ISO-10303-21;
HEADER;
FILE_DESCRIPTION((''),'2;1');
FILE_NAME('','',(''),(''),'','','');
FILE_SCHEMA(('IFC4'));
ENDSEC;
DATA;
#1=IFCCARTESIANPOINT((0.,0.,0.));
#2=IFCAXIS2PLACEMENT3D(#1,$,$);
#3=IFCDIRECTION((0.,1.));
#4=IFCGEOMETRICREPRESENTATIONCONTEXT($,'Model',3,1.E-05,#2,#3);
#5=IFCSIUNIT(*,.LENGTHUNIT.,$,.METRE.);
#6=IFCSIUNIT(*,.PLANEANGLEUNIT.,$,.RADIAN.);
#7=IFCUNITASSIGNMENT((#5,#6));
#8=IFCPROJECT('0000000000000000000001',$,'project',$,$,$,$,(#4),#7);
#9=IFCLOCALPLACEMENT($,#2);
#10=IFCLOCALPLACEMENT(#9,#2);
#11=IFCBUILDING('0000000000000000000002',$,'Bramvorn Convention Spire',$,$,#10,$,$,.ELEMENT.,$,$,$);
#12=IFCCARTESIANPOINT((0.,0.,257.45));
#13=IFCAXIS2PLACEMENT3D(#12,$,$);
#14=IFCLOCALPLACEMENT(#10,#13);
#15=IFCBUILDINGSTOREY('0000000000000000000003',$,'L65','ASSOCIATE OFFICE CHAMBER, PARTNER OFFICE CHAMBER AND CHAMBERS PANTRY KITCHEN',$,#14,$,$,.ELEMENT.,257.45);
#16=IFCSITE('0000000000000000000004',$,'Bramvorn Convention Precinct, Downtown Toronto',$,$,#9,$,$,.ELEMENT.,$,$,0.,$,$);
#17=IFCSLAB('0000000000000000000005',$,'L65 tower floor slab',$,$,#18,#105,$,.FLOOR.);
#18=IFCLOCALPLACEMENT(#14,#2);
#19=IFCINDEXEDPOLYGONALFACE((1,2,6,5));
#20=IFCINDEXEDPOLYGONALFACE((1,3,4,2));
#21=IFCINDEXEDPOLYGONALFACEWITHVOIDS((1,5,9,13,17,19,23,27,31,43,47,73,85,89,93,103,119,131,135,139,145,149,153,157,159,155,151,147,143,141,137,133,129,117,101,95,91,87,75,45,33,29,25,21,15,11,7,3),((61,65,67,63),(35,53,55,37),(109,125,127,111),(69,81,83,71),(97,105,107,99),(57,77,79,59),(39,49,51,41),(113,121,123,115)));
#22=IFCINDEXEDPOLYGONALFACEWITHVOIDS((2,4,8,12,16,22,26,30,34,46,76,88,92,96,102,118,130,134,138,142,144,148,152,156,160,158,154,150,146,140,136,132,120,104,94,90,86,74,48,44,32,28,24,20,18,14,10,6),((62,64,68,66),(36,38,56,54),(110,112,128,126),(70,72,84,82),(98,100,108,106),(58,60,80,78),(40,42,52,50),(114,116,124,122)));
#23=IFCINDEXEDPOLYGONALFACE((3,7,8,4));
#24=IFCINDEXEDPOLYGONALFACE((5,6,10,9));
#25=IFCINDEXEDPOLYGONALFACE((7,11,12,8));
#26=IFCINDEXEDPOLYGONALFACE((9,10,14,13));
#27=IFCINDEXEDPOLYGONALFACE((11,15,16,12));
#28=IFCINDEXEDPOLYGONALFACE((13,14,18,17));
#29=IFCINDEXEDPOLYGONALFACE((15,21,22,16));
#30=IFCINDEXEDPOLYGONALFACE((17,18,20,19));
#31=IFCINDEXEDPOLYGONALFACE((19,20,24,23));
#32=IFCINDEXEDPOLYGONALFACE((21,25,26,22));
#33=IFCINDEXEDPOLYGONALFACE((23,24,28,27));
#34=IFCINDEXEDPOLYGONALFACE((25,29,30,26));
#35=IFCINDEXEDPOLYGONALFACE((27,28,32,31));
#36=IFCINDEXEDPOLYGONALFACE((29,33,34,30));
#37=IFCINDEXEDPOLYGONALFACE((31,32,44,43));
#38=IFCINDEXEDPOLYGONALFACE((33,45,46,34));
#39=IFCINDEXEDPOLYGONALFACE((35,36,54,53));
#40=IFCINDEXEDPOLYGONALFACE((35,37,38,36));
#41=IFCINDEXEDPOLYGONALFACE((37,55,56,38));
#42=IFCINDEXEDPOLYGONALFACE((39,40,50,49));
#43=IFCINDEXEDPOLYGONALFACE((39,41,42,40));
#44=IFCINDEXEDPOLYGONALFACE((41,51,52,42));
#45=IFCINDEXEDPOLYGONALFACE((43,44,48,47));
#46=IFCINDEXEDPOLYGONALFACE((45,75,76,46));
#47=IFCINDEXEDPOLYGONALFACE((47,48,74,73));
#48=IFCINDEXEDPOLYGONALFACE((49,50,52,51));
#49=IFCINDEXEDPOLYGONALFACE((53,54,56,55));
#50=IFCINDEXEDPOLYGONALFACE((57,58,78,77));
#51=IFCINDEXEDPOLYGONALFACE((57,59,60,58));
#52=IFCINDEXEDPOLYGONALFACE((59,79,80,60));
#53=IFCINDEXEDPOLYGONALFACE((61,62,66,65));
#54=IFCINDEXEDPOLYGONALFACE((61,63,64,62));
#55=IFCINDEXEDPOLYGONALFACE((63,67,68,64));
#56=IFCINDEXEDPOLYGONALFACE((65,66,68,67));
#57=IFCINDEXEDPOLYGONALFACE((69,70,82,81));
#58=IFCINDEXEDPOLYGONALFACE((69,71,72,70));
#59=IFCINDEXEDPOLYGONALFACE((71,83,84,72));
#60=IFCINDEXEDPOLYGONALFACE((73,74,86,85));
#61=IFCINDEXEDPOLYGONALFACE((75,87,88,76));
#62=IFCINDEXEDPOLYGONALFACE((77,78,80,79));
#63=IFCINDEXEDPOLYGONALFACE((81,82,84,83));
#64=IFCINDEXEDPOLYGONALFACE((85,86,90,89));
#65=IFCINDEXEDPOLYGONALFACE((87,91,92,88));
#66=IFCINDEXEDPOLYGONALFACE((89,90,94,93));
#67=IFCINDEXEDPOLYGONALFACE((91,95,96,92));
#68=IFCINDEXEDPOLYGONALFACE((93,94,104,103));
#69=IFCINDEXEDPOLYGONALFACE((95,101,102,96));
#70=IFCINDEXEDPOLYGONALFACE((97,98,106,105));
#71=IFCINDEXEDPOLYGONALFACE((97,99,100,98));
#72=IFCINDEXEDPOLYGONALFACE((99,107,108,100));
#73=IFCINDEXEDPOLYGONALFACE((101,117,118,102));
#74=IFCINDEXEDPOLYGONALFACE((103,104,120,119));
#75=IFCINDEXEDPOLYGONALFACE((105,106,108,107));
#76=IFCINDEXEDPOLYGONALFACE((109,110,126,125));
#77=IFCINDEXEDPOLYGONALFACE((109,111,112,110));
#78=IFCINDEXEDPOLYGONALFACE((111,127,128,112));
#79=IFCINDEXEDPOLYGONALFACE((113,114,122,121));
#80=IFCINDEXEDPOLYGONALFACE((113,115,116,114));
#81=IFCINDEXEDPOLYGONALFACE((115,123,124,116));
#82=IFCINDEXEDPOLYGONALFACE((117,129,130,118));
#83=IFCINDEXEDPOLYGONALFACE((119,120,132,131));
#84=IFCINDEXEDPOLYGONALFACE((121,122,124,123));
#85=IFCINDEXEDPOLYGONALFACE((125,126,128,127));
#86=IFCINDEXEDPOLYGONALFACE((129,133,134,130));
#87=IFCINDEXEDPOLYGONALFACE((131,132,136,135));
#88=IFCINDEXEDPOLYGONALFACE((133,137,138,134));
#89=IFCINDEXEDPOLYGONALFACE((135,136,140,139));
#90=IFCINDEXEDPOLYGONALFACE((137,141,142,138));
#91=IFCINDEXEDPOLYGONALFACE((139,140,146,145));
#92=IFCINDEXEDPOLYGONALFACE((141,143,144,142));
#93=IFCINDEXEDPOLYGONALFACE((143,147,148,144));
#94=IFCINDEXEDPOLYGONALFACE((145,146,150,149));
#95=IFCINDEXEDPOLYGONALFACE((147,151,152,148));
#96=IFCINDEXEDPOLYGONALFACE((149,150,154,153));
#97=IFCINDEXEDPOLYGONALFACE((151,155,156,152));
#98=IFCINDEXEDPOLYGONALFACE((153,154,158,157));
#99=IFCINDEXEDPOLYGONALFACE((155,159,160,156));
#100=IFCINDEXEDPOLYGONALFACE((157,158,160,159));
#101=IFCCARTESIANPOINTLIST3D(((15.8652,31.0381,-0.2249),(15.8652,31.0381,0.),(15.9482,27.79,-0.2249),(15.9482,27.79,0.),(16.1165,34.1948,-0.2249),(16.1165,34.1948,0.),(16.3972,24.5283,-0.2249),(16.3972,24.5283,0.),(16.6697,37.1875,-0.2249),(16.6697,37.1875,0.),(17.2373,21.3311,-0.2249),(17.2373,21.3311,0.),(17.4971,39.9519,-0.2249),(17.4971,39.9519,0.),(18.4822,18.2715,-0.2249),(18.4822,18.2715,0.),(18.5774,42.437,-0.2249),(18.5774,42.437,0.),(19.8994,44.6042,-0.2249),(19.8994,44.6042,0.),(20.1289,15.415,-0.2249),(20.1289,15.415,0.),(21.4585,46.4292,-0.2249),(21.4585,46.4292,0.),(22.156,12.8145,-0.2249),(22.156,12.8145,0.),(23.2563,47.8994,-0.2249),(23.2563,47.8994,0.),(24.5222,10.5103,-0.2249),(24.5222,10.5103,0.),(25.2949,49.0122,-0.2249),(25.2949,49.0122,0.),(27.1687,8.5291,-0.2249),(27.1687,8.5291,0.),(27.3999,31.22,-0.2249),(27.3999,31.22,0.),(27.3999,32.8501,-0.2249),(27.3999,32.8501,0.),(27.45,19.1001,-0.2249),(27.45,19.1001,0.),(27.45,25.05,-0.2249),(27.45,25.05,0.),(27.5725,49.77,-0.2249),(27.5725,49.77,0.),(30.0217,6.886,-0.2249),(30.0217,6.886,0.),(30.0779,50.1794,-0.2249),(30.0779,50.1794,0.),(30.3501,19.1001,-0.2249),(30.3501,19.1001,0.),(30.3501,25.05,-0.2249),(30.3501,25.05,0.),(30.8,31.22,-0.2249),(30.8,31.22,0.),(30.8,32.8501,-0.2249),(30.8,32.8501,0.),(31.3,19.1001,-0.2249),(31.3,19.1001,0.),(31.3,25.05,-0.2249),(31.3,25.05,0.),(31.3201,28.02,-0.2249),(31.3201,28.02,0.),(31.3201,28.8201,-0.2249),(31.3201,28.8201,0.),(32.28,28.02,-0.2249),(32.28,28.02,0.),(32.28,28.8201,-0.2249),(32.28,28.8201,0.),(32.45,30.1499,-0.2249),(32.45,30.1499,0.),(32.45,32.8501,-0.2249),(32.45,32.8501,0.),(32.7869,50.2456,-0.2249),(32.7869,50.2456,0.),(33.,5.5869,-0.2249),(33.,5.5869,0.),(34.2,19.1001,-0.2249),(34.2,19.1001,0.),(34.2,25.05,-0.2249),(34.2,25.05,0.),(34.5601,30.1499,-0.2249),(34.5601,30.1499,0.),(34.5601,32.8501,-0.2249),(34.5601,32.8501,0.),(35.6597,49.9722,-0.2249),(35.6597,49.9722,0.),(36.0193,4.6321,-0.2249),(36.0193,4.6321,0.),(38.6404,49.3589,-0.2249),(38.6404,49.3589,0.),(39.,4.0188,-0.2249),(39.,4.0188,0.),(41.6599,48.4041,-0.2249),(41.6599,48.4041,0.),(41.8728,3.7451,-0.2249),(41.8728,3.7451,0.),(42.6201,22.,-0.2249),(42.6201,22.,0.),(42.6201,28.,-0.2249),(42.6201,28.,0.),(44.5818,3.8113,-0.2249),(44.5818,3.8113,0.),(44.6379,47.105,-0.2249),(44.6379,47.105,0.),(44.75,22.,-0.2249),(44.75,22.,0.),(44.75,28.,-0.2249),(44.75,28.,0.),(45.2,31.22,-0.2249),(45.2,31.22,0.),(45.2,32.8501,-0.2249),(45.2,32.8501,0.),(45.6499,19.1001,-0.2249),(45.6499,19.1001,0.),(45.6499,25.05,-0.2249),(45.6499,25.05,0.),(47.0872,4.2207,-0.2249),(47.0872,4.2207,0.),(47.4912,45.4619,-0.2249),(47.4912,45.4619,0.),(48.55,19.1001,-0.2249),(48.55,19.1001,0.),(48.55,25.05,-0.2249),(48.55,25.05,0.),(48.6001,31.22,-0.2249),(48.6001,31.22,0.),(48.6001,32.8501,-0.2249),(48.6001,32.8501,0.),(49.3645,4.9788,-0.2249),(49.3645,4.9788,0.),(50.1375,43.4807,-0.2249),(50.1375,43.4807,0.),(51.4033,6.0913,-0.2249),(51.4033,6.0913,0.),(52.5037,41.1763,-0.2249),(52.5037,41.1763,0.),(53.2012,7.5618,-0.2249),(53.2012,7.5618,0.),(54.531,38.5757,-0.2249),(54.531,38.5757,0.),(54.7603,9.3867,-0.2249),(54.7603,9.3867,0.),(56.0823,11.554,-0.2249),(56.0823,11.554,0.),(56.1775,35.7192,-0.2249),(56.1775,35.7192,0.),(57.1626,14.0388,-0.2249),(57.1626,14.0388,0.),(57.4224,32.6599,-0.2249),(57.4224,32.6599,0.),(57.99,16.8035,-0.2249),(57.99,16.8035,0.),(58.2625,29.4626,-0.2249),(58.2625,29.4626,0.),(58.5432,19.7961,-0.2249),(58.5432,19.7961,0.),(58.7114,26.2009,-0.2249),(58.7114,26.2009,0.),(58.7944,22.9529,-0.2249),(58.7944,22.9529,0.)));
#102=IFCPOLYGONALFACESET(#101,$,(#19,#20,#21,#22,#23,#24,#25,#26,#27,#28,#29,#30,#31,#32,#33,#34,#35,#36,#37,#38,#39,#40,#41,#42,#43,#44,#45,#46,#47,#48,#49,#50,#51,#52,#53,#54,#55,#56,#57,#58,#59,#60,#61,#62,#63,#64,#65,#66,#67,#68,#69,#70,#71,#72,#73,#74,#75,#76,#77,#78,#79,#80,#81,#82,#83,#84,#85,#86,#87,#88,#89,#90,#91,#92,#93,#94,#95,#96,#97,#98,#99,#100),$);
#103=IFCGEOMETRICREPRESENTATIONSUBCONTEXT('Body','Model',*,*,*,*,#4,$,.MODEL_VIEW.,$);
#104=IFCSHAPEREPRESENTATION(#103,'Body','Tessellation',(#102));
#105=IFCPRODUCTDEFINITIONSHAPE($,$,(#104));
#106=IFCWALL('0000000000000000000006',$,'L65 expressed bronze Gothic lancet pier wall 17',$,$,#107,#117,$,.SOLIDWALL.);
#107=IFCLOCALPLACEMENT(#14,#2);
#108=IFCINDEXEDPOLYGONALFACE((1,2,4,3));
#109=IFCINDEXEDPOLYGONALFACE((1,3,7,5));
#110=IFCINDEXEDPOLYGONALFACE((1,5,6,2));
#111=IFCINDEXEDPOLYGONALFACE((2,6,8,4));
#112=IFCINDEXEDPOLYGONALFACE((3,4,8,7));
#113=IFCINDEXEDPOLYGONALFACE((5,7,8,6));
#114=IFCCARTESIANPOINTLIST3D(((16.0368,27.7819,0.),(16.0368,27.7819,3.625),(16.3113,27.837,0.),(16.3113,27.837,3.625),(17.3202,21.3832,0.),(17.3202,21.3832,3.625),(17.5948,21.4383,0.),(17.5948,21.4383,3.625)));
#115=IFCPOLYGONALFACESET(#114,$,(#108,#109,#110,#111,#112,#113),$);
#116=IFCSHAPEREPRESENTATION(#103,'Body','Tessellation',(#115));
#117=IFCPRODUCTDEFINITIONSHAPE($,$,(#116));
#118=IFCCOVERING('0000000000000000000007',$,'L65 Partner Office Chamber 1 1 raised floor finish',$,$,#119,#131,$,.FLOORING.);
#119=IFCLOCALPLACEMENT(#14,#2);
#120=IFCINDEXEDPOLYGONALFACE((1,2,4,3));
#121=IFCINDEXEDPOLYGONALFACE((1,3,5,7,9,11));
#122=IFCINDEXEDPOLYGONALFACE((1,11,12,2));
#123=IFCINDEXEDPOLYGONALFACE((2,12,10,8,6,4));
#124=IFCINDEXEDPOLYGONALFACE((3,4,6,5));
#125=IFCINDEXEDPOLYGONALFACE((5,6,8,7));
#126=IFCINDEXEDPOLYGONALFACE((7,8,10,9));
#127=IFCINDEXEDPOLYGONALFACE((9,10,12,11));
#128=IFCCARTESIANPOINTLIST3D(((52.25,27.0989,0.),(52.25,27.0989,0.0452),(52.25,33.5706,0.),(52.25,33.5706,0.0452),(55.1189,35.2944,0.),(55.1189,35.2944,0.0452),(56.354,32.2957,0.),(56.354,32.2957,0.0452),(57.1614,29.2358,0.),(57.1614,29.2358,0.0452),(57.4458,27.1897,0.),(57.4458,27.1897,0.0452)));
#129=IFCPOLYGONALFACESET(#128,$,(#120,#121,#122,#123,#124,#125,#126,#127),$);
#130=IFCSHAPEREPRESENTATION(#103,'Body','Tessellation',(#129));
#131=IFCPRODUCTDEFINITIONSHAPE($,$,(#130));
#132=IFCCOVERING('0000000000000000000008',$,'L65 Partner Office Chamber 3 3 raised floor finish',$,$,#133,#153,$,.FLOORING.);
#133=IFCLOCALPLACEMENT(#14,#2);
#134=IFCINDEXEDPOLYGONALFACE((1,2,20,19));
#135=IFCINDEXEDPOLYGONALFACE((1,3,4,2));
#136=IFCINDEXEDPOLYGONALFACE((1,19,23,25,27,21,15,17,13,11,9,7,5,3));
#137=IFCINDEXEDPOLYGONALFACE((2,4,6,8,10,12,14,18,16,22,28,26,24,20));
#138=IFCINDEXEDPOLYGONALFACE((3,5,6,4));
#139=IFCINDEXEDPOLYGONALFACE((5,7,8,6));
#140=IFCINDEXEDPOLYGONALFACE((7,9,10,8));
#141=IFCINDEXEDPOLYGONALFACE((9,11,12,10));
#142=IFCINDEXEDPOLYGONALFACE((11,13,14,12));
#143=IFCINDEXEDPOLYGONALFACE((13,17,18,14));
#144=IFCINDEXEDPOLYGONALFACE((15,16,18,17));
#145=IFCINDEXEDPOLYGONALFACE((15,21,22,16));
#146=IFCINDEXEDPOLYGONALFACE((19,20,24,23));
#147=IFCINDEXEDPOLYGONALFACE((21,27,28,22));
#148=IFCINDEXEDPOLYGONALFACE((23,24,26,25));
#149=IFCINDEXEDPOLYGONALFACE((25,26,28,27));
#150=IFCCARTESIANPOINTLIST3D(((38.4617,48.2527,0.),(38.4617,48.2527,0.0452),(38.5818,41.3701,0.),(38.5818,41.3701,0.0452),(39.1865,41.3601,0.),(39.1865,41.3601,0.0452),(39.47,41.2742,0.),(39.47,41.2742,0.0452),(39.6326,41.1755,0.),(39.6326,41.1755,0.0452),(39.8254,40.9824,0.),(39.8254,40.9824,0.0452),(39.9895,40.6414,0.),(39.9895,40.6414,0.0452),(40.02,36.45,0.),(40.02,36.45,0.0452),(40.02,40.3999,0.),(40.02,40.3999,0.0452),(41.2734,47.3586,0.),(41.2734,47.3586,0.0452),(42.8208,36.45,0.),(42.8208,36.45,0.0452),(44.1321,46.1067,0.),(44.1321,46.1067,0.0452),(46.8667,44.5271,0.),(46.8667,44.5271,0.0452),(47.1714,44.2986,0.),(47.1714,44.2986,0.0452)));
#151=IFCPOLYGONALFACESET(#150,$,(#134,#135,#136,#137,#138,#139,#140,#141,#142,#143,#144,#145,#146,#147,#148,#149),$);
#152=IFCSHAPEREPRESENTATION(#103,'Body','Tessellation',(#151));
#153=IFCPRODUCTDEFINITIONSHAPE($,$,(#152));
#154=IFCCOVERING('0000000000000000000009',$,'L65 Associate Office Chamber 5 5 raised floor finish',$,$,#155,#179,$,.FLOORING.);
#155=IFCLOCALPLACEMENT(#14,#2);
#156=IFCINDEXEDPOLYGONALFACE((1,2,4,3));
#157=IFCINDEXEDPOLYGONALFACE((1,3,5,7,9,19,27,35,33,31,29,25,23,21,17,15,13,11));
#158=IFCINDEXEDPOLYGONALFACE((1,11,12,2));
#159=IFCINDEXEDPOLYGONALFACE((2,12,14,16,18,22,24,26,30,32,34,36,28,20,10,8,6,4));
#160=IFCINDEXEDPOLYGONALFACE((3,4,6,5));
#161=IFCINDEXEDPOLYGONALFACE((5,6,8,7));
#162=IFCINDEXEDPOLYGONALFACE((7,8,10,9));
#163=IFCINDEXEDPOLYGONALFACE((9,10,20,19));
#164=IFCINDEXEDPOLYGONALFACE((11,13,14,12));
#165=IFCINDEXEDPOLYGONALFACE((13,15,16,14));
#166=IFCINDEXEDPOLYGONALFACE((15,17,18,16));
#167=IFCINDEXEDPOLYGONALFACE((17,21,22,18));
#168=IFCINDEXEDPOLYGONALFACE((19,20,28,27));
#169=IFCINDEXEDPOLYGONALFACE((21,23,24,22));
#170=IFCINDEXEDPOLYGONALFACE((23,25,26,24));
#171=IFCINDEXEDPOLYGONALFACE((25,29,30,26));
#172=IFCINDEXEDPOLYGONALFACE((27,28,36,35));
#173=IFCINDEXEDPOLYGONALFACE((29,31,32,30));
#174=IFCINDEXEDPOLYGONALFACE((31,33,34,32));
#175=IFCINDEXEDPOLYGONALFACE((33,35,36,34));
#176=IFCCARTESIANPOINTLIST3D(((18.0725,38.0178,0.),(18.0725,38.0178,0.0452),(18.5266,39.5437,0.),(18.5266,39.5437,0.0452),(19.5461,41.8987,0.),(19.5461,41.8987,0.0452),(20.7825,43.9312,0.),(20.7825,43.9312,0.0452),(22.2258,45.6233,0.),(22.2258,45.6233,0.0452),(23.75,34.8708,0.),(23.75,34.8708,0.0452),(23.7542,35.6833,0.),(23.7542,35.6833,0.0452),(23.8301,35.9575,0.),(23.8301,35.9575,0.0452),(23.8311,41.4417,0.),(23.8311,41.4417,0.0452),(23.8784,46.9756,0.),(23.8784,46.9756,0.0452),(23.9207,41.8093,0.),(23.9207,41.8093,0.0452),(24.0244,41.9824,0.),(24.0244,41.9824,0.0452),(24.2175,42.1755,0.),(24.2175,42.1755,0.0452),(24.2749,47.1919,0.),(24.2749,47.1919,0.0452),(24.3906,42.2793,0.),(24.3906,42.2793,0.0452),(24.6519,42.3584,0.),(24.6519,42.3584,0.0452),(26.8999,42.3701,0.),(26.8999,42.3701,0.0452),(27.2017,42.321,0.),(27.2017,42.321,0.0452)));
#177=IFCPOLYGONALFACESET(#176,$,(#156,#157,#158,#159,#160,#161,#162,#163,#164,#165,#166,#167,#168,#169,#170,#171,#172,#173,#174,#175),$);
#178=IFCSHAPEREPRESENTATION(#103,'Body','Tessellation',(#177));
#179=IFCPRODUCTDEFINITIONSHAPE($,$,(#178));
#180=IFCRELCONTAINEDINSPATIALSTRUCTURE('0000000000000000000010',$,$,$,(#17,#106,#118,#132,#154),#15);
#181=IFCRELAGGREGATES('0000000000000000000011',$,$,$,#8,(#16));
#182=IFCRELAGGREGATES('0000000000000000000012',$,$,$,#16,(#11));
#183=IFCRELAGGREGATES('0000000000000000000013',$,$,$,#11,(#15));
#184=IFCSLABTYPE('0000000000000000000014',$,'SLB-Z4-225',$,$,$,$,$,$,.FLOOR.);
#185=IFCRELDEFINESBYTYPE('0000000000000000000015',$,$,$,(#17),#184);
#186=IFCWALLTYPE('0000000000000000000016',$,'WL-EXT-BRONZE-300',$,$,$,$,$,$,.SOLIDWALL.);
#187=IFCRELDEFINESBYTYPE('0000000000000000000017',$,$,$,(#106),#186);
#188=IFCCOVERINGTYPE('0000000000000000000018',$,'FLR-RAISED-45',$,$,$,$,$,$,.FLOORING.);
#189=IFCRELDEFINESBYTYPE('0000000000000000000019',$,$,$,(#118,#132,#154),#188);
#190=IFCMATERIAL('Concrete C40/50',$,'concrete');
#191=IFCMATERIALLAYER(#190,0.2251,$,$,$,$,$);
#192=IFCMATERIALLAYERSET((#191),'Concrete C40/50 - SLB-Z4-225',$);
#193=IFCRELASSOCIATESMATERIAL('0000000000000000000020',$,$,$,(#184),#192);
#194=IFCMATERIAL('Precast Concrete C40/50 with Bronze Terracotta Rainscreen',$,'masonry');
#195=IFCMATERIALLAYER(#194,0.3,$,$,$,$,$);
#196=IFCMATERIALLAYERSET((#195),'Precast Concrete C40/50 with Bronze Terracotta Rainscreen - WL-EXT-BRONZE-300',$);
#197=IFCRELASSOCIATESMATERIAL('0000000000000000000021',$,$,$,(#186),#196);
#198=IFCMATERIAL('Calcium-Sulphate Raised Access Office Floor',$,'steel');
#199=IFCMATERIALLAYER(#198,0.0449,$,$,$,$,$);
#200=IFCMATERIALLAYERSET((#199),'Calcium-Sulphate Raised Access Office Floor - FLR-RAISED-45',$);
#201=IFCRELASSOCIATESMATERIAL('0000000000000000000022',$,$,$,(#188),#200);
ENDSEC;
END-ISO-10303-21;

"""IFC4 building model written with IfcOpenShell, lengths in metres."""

from ifc_helpers import new_model, si_unit, direction, frame, frame_2d, origin, place, context, subcontext, project, spatial, polyline, rectangle, outline, extrude, material, layer, layer_set, type_object, element, save


model = new_model("IFC4")

# Units and contexts
model_context = context("Model", 3, precision=1e-05, world=origin(), true_north=direction((0.0, 1.0)))
body_context = subcontext(model_context, "Body", "Model", "MODEL_VIEW")
ifc_project = project(units=[si_unit("LENGTHUNIT", "METRE"), si_unit("PLANEANGLEUNIT", "RADIAN")], contexts=[model_context])

# Site, building, storey
site_placement = place(None, origin())
site = spatial("IfcSite", under=ifc_project, at=site_placement, Name="Bramvorn Convention Precinct, Downtown Toronto", CompositionType="ELEMENT", RefElevation=0.0)
building_placement = place(site_placement, origin())
building = spatial("IfcBuilding", under=site, at=building_placement, Name="Bramvorn Convention Spire", CompositionType="ELEMENT")
storey_placement = place(building_placement, frame((0.0, 0.0, 257.45)))
storey = spatial("IfcBuildingStorey", under=building, at=storey_placement, Name="L65", Description="ASSOCIATE OFFICE CHAMBER, PARTNER OFFICE CHAMBER AND CHAMBERS PANTRY KITCHEN", CompositionType="ELEMENT", Elevation=257.45)

# Slab
ifc_material_1 = material(Name="Concrete C40/50", Category="concrete")
ifc_layer_1 = layer(ifc_material_1, 0.2251)
ifc_layer_set_1 = layer_set([ifc_layer_1], Name="Concrete C40/50 - SLB-Z4-225")
slab_type_1 = type_object("IfcSlabType", Name="SLB-Z4-225", PredefinedType="FLOOR", material=ifc_layer_set_1)
slab_1_placement = place(storey_placement, frame((0.0, 0.0, -0.2249)))
element("IfcSlab", 1, at=slab_1_placement, inside=storey, type_object=slab_type_1, Name="L65 tower floor slab", PredefinedType="FLOOR", context=body_context, shape_type="SweptSolid", body=[
    extrude(outline(polyline([(51.4033, 6.0913), (53.2012, 7.5618), (54.7603, 9.3867), (56.0823, 11.554), (57.1626, 14.0388), (57.99, 16.8035), (58.5432, 19.7961), (58.7944, 22.9529), (58.7114, 26.2009), (58.2625, 29.4626), (57.4224, 32.6599), (56.1775, 35.7192), (54.531, 38.5757), (52.5037, 41.1763), (50.1375, 43.4807), (47.4912, 45.4619), (44.6379, 47.105), (41.6599, 48.4041), (38.6404, 49.3589), (35.6597, 49.9722), (32.7869, 50.2456), (30.0779, 50.1794), (27.5725, 49.77), (25.2949, 49.0122), (23.2563, 47.8994), (21.4585, 46.4292), (19.8994, 44.6042), (18.5774, 42.437), (17.4971, 39.9519), (16.6697, 37.1875), (16.1165, 34.1948), (15.8652, 31.0381), (15.9482, 27.79), (16.3972, 24.5283), (17.2373, 21.3311), (18.4822, 18.2715), (20.1289, 15.415), (22.156, 12.8145), (24.5222, 10.5103), (27.1687, 8.5291), (30.0217, 6.886), (33.0, 5.5869), (36.0193, 4.6321), (39.0, 4.0188), (41.8728, 3.7451), (44.5818, 3.8113), (47.0872, 4.2207), (49.3645, 4.9788), (51.4033, 6.0913)]), holes=[polyline([(27.45, 25.05), (27.45, 19.1001), (30.3501, 19.1001), (30.3501, 25.05), (27.45, 25.05)]), polyline([(45.6499, 25.05), (45.6499, 19.1001), (48.55, 19.1001), (48.55, 25.05), (45.6499, 25.05)]), polyline([(31.3, 25.05), (31.3, 19.1001), (34.2, 19.1001), (34.2, 25.05), (31.3, 25.05)]), polyline([(27.3999, 31.22), (30.8, 31.22), (30.8, 32.8501), (27.3999, 32.8501), (27.3999, 31.22)]), polyline([(45.2, 31.22), (48.6001, 31.22), (48.6001, 32.8501), (45.2, 32.8501), (45.2, 31.22)]), polyline([(32.45, 30.1499), (34.5601, 30.1499), (34.5601, 32.8501), (32.45, 32.8501), (32.45, 30.1499)]), polyline([(42.6201, 22.0), (44.75, 22.0), (44.75, 28.0), (42.6201, 28.0), (42.6201, 22.0)]), polyline([(31.3201, 28.02), (32.28, 28.02), (32.28, 28.8201), (31.3201, 28.8201), (31.3201, 28.02)])]), origin(), (0.0, 0.0, 1.0), 0.2249),
])

# Wall
ifc_material_2 = material(Name="Precast Concrete C40/50 with Bronze Terracotta Rainscreen", Category="masonry")
ifc_layer_2 = layer(ifc_material_2, 0.3)
ifc_layer_set_2 = layer_set([ifc_layer_2], Name="Precast Concrete C40/50 with Bronze Terracotta Rainscreen - WL-EXT-BRONZE-300")
wall_type = type_object("IfcWallType", Name="WL-EXT-BRONZE-300", PredefinedType="SOLIDWALL", material=ifc_layer_set_2)
wall_placement = place(storey_placement, frame((17.4575, 21.4106, 0.0), z_axis=(0.0, 0.0, 1.0), x_axis=(-0.196663, 0.980471, 0.0)))
element("IfcWall", 2, at=wall_placement, inside=storey, type_object=wall_type, Name="L65 expressed bronze Gothic lancet pier wall 17", PredefinedType="SOLIDWALL", context=body_context, shape_type="SweptSolid", body=[
    extrude(rectangle(XDim=6.5261, YDim=0.28, at=frame_2d((3.2632, 0.0))), origin(), (0.0, 0.0, 1.0), 3.625),
])

# Coverings
ifc_material_3 = material(Name="Calcium-Sulphate Raised Access Office Floor", Category="steel")
ifc_layer_3 = layer(ifc_material_3, 0.0449)
ifc_layer_set_3 = layer_set([ifc_layer_3], Name="Calcium-Sulphate Raised Access Office Floor - FLR-RAISED-45")
covering_type = type_object("IfcCoveringType", Name="FLR-RAISED-45", PredefinedType="FLOORING", material=ifc_layer_set_3)
covering_1_placement = place(storey_placement, origin())
element("IfcCovering", 3, at=covering_1_placement, inside=storey, type_object=covering_type, Name="L65 Partner Office Chamber 1 1 raised floor finish", PredefinedType="FLOORING", context=body_context, shape_type="SweptSolid", body=[
    extrude(outline(polyline([(55.1189, 35.2944), (52.25, 33.5706), (52.25, 27.0989), (57.4458, 27.1897), (57.1614, 29.2358), (56.354, 32.2957), (55.1189, 35.2944)])), origin(), (0.0, 0.0, 1.0), 0.0452),
])
covering_2_placement = place(storey_placement, origin())
element("IfcCovering", 4, at=covering_2_placement, inside=storey, type_object=covering_type, Name="L65 Partner Office Chamber 3 3 raised floor finish", PredefinedType="FLOORING", context=body_context, shape_type="SweptSolid", body=[
    extrude(outline(polyline([(38.5818, 41.3701), (39.1865, 41.3601), (39.47, 41.2742), (39.6326, 41.1755), (39.8254, 40.9824), (39.9895, 40.6414), (40.02, 40.3999), (40.02, 36.45), (42.8208, 36.45), (47.1714, 44.2986), (46.8667, 44.5271), (44.1321, 46.1067), (41.2734, 47.3586), (38.4617, 48.2527), (38.5818, 41.3701)])), origin(), (0.0, 0.0, 1.0), 0.0452),
])
covering_3_placement = place(storey_placement, origin())
element("IfcCovering", 5, at=covering_3_placement, inside=storey, type_object=covering_type, Name="L65 Associate Office Chamber 5 5 raised floor finish", PredefinedType="FLOORING", context=body_context, shape_type="SweptSolid", body=[
    extrude(outline(polyline([(18.5266, 39.5437), (18.0725, 38.0178), (23.75, 34.8708), (23.7542, 35.6833), (23.8301, 35.9575), (23.8311, 41.4417), (23.9207, 41.8093), (24.0244, 41.9824), (24.2175, 42.1755), (24.3906, 42.2793), (24.6519, 42.3584), (26.8999, 42.3701), (27.2017, 42.321), (24.2749, 47.1919), (23.8784, 46.9756), (22.2258, 45.6233), (20.7825, 43.9312), (19.5461, 41.8987), (18.5266, 39.5437)])), origin(), (0.0, 0.0, 1.0), 0.0452),
])

save(model, "model.ifc")
